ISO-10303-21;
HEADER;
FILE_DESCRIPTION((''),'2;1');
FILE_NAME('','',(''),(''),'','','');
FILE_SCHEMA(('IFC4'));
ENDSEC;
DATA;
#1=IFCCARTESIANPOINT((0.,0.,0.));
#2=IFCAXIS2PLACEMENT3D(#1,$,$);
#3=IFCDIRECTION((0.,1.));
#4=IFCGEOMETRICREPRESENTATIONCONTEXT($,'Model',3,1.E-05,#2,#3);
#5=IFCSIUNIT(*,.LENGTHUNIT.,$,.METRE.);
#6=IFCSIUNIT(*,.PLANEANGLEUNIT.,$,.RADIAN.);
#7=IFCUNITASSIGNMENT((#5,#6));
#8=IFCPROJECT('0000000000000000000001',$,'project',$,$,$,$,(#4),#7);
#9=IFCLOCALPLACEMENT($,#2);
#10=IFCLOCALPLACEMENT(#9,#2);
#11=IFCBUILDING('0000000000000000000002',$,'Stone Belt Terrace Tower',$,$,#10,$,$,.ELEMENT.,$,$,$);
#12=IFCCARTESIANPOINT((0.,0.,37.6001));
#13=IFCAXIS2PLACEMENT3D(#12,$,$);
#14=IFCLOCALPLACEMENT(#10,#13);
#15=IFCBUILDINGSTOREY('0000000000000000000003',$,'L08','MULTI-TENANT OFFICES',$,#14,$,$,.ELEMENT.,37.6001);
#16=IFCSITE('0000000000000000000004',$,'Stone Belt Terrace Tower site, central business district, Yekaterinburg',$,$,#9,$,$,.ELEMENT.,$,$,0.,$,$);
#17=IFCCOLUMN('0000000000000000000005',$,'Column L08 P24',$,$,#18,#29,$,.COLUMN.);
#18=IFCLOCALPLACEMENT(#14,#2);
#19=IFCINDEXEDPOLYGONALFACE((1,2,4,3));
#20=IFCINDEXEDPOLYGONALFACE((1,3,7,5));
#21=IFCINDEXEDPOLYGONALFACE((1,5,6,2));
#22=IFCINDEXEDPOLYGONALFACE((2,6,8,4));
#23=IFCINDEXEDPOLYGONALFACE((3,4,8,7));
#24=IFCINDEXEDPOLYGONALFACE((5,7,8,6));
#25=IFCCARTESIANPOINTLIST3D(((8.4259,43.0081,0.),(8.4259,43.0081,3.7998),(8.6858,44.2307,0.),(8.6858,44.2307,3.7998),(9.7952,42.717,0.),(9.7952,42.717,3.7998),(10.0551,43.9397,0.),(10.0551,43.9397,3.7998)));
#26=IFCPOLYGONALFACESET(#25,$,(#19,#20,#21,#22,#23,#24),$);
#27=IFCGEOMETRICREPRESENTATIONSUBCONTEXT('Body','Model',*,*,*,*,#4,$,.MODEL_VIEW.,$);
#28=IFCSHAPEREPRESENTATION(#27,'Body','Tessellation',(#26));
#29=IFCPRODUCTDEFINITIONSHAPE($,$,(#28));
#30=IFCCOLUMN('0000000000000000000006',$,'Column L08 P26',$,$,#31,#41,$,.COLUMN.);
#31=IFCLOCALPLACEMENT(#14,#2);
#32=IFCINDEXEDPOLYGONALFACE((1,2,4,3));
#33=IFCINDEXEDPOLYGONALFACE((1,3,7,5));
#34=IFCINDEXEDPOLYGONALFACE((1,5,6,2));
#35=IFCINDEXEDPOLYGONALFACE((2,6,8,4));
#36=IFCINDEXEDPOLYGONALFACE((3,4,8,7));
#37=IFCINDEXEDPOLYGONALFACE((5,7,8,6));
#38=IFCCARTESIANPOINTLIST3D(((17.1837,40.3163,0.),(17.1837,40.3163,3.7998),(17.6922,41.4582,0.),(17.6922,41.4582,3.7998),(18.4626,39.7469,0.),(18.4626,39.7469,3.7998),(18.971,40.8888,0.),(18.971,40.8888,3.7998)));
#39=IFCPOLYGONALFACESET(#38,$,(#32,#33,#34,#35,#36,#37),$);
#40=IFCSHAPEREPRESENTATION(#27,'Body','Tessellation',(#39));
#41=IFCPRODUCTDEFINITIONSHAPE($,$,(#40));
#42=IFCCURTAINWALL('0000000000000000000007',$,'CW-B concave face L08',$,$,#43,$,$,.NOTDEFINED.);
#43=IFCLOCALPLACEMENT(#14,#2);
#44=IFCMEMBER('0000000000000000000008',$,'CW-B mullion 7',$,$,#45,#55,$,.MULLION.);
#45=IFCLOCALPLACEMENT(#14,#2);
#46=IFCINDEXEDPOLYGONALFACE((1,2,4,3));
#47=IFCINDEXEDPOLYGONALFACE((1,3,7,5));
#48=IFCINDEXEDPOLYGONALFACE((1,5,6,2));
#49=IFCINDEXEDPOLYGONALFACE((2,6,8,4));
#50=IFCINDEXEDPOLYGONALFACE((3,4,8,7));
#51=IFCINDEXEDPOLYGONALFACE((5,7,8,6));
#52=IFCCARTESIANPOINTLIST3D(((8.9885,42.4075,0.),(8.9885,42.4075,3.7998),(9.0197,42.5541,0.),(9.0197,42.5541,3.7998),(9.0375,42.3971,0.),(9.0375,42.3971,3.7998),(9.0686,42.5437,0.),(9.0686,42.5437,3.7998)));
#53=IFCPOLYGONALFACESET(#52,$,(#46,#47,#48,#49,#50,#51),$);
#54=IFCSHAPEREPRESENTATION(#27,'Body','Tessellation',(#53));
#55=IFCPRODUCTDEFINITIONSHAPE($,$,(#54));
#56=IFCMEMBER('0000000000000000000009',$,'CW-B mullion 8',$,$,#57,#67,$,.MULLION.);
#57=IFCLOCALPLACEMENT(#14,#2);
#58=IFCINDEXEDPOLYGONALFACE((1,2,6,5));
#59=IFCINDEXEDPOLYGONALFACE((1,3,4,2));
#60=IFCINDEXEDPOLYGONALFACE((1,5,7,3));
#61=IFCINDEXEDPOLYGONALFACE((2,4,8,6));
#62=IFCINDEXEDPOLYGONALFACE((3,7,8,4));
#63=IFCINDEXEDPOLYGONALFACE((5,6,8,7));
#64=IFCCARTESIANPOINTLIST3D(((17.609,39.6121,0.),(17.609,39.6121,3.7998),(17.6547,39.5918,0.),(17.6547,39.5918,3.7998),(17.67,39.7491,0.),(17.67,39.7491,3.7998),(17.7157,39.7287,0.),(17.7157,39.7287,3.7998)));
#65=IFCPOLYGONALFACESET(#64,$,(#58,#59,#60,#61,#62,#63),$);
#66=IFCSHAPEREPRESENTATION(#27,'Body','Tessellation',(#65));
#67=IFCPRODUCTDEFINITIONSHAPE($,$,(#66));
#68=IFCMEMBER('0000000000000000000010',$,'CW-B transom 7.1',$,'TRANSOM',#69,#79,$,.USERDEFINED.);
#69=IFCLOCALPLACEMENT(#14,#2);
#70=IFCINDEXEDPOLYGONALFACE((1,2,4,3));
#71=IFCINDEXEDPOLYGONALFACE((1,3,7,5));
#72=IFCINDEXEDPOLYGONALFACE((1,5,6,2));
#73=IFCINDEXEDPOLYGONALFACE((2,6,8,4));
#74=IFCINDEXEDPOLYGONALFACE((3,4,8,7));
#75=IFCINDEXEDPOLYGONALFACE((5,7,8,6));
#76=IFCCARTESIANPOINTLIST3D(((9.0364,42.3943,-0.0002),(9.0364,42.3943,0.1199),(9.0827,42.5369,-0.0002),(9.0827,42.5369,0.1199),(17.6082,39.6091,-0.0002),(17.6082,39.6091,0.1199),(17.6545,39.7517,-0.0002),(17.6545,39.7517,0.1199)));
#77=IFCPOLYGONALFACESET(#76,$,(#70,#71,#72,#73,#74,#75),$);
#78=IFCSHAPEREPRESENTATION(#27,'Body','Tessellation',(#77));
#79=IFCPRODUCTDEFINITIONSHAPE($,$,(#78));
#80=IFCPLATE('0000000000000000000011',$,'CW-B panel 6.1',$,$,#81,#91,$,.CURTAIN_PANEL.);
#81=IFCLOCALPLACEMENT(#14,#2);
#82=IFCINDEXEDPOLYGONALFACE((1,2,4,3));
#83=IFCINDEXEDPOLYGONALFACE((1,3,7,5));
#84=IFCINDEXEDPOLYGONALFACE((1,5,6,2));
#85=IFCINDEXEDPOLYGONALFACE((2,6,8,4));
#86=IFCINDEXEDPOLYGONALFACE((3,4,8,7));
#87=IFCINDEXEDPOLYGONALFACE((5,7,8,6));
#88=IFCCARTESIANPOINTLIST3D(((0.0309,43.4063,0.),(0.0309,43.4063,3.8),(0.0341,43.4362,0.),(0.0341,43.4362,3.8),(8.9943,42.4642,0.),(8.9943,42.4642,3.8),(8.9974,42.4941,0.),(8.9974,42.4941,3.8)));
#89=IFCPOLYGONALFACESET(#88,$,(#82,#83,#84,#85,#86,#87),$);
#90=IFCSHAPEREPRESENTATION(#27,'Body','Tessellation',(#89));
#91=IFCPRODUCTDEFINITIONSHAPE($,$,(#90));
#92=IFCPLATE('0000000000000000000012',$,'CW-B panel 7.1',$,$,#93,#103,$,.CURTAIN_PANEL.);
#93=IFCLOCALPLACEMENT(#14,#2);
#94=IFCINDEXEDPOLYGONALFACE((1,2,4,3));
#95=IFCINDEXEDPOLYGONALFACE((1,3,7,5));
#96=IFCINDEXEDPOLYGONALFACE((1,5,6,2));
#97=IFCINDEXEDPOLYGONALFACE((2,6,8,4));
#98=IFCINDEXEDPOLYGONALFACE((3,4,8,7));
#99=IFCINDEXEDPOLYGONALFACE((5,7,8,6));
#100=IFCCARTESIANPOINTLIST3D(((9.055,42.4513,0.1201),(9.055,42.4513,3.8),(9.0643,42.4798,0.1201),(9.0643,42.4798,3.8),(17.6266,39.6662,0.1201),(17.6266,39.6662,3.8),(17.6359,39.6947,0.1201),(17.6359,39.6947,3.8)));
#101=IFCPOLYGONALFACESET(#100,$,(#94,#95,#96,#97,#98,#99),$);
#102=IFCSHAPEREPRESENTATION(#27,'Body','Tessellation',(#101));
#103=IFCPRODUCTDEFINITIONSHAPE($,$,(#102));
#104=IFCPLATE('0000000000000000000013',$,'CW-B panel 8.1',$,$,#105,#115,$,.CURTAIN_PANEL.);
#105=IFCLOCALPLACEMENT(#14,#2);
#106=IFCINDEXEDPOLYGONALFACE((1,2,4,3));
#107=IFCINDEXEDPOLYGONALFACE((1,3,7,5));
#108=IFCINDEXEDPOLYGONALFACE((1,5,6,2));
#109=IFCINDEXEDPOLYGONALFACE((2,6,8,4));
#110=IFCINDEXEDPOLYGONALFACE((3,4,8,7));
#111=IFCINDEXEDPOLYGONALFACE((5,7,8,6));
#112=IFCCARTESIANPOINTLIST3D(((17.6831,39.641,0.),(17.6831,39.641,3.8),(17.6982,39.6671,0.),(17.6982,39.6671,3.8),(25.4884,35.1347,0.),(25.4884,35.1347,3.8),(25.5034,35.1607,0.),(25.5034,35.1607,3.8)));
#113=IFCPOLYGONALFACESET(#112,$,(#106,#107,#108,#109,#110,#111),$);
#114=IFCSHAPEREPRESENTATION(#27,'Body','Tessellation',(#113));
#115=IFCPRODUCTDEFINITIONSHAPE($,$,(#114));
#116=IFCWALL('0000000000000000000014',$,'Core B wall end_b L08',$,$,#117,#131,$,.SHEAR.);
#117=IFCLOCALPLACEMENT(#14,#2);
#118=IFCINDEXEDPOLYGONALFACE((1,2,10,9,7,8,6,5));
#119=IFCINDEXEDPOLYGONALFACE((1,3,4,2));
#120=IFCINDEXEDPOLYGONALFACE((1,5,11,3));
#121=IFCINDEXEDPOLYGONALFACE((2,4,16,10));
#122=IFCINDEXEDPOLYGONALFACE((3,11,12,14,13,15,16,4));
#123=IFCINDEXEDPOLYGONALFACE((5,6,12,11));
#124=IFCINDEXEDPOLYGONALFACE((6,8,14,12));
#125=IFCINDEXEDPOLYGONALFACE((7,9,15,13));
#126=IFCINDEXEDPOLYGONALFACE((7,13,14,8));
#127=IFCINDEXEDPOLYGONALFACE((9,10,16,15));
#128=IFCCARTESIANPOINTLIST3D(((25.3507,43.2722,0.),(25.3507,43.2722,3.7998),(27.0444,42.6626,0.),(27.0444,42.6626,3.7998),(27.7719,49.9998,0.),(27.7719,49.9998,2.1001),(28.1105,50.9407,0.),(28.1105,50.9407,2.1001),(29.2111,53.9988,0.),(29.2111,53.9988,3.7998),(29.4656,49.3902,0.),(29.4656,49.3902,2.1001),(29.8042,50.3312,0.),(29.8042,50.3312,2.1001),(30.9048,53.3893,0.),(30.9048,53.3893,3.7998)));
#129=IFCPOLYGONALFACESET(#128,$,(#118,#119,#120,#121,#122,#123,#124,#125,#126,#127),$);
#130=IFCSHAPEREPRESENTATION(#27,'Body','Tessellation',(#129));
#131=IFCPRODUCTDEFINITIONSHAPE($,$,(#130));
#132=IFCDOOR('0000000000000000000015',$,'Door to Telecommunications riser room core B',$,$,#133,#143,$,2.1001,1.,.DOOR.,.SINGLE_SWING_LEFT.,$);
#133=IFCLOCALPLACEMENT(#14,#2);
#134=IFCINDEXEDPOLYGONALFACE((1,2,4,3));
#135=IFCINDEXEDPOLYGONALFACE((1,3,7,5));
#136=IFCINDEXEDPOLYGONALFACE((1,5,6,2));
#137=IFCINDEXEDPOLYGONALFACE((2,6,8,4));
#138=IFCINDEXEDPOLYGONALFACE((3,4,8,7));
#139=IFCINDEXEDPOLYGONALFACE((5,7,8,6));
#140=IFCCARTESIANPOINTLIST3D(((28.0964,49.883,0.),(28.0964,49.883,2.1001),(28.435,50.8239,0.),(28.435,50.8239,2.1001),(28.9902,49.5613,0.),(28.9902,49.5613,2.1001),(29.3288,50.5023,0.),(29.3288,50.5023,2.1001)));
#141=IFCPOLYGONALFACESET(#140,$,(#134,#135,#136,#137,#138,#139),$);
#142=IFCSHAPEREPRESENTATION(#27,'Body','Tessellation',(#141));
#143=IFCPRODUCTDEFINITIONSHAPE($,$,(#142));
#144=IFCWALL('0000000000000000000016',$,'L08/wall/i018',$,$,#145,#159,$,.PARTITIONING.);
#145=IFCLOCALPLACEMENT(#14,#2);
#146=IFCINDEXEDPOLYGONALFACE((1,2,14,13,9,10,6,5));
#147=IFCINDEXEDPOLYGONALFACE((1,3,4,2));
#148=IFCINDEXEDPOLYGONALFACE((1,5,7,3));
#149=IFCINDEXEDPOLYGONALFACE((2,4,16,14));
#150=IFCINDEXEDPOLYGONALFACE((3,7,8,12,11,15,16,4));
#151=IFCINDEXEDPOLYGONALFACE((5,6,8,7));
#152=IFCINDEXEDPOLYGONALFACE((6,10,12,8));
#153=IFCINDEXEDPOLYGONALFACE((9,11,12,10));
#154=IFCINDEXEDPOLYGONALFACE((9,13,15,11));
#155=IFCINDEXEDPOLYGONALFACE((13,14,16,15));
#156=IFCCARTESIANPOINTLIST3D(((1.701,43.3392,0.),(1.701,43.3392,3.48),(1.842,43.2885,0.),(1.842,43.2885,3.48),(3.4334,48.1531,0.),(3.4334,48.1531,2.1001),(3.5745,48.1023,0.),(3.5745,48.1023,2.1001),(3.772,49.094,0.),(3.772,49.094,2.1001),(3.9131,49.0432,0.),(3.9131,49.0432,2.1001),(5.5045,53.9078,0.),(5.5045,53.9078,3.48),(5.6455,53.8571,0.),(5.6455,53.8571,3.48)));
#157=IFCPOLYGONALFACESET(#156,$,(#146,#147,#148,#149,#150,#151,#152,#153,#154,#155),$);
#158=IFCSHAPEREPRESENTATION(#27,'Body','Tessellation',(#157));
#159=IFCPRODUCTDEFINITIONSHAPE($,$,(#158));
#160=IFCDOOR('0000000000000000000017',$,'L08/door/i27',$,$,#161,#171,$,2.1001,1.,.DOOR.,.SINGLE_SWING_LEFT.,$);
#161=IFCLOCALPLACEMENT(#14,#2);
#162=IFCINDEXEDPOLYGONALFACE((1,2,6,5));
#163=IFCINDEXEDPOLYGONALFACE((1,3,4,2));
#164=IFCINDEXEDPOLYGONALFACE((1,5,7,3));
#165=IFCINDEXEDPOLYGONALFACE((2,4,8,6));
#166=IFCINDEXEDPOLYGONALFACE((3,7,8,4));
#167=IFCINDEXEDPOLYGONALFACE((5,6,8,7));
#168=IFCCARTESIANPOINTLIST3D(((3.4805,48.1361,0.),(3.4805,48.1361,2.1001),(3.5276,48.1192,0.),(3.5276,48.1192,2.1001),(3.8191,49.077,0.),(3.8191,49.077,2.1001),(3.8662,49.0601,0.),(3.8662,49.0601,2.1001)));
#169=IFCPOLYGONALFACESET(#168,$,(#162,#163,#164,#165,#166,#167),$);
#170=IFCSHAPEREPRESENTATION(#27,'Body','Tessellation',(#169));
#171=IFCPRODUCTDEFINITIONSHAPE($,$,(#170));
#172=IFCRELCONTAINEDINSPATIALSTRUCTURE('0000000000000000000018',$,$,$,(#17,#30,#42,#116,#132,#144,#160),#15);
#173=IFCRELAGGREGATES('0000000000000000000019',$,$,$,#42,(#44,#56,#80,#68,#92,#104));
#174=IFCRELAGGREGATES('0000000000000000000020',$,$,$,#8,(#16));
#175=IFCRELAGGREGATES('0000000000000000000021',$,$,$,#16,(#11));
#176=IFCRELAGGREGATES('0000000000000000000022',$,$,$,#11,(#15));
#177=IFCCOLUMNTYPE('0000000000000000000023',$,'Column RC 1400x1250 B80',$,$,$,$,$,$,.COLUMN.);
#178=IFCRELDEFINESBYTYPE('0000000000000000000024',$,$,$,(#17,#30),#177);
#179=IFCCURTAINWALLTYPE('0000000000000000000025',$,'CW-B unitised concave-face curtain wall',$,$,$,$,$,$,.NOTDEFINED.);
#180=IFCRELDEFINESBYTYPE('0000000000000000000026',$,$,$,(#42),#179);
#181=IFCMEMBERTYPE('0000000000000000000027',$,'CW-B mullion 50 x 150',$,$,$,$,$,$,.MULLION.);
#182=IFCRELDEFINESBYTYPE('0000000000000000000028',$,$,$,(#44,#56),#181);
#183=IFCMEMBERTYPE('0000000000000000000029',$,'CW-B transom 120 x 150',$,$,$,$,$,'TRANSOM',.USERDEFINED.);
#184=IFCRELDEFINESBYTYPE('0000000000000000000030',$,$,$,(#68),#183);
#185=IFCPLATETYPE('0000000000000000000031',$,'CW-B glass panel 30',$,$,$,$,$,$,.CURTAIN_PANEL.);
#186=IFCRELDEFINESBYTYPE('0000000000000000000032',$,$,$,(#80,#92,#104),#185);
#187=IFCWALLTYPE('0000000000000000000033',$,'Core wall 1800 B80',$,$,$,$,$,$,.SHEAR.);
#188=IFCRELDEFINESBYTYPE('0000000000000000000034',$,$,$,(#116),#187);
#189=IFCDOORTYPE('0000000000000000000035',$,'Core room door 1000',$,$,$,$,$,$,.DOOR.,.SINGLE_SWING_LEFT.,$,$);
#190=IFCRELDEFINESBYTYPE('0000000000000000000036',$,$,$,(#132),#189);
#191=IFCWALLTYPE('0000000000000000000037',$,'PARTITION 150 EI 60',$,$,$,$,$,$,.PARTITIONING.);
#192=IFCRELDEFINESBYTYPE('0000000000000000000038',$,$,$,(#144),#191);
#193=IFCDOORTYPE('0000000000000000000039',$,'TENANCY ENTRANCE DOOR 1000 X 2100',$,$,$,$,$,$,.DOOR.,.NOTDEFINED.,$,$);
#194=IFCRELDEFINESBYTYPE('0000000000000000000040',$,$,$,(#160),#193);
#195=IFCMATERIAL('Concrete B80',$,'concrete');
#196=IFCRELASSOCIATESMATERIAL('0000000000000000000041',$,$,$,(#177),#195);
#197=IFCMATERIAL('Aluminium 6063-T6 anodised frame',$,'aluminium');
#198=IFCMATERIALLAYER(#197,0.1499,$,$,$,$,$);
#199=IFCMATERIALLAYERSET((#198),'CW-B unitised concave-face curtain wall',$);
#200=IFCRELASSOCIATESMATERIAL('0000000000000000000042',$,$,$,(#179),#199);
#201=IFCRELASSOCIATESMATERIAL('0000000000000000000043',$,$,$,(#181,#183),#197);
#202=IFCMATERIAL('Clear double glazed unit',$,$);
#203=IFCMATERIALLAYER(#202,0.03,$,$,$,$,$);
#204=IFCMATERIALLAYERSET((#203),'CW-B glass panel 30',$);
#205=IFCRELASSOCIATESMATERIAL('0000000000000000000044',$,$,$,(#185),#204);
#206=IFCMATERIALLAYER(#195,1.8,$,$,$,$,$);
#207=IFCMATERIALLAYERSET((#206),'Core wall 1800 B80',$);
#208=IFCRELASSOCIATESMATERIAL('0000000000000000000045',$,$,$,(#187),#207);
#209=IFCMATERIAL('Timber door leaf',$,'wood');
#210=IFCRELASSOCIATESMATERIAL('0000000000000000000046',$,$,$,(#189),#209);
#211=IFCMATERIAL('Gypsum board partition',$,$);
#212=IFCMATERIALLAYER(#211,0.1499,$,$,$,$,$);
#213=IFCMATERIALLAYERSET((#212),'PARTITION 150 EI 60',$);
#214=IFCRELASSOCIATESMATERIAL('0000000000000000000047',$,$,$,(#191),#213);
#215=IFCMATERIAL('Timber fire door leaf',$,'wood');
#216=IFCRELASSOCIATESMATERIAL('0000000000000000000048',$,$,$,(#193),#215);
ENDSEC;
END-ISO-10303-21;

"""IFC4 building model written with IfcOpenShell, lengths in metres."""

from ifc_helpers import new_model, si_unit, direction, frame, frame_2d, origin, origin_2d, place, context, subcontext, project, spatial, rectangle, extrude, material, layer, layer_set, material_profile, profile_set, type_object, element, fill, aggregate, save


model = new_model("IFC4")

# Units and contexts
model_context = context("Model", 3, precision=1e-05, world=origin(), true_north=direction((0.0, 1.0)))
body_context = subcontext(model_context, "Body", "Model", "MODEL_VIEW")
ifc_project = project(units=[si_unit("LENGTHUNIT", "METRE"), si_unit("PLANEANGLEUNIT", "RADIAN")], contexts=[model_context])

# Site, building, storey
site_placement = place(None, origin())
site = spatial("IfcSite", under=ifc_project, at=site_placement, Name="Stone Belt Terrace Tower site, central business district, Yekaterinburg", CompositionType="ELEMENT", RefElevation=0.0)
building_placement = place(site_placement, origin())
building = spatial("IfcBuilding", under=site, at=building_placement, Name="Stone Belt Terrace Tower", CompositionType="ELEMENT")
storey_placement = place(building_placement, frame((0.0, 0.0, 37.6001)))
storey = spatial("IfcBuildingStorey", under=building, at=storey_placement, Name="L08", Description="MULTI-TENANT OFFICES", CompositionType="ELEMENT", Elevation=37.6001)

# Columns
ifc_material_1 = material(Name="Concrete B80", Category="concrete")
ifc_material_profile_1 = material_profile(ifc_material_1, rectangle(XDim=1.3999, YDim=1.25, at=origin_2d()), Name="RC 1400x1250")
ifc_profile_set_1 = profile_set([ifc_material_profile_1], Name="Concrete B80")
column_type = type_object("IfcColumnType", Name="Column RC 1400x1250 B80", PredefinedType="COLUMN", material=ifc_profile_set_1)
for number, where, z_axis, x_axis, name in (
    (1, (9.2405, 43.4739, 0.0), (0.0, 0.0, 1.0), (0.978148, -0.207912, 0.0), "Column L08 P24"),
    (2, (18.0774, 40.6025, 0.0), (0.0, 0.0, 1.0), (0.913545, -0.406737, 0.0), "Column L08 P26"),
):
    element("IfcColumn", number, at=place(storey_placement, frame(where, z_axis=z_axis, x_axis=x_axis)), inside=storey, type_object=column_type, Name=name, PredefinedType="COLUMN", context=body_context, shape_type="SweptSolid", body=[
        extrude(rectangle(XDim=1.3999, YDim=1.25, at=origin_2d()), origin(), (0.0, 0.0, 1.0), 3.7998),
    ])

# Curtain wall, members, plates
ifc_material_2 = material(Name="Aluminium 6063-T6 anodised frame", Category="aluminium")
ifc_layer_1 = layer(ifc_material_2, 0.1499)
ifc_layer_set_1 = layer_set([ifc_layer_1], Name="CW-B unitised concave-face curtain wall")
curtain_wall_type = type_object("IfcCurtainWallType", Name="CW-B unitised concave-face curtain wall", PredefinedType="NOTDEFINED", material=ifc_layer_set_1)
curtain_wall_placement = place(storey_placement, origin())
curtain_wall = element("IfcCurtainWall", 3, at=curtain_wall_placement, inside=storey, type_object=curtain_wall_type, Name="CW-B concave face L08", PredefinedType="NOTDEFINED")
ifc_material_profile_2 = material_profile(ifc_material_2, rectangle(XDim=0.1499, YDim=0.05, at=origin_2d()), Name="Aluminium 6063-T6 50x150")
ifc_profile_set_2 = profile_set([ifc_material_profile_2], Name="Aluminium 6063-T6 anodised frame")
member_type_1 = type_object("IfcMemberType", Name="CW-B mullion 50 x 150", PredefinedType="MULLION", material=ifc_profile_set_2)
member_1_placement = place(storey_placement, frame((9.0286, 42.4756, 0.0), z_axis=(0.0, 0.0, 1.0), x_axis=(0.207912, 0.978148, 0.0)))
member_1 = element("IfcMember", 4, at=member_1_placement, type_object=member_type_1, Name="CW-B mullion 7", PredefinedType="MULLION", context=body_context, shape_type="SweptSolid", body=[
    extrude(rectangle(XDim=0.1499, YDim=0.05, at=origin_2d()), origin(), (0.0, 0.0, 1.0), 3.7998),
])
member_2_placement = place(storey_placement, frame((17.6624, 39.6704, 0.0), z_axis=(0.0, 0.0, 1.0), x_axis=(0.406737, 0.913545, 0.0)))
member_2 = element("IfcMember", 5, at=member_2_placement, type_object=member_type_1, Name="CW-B mullion 8", PredefinedType="MULLION", context=body_context, shape_type="SweptSolid", body=[
    extrude(rectangle(XDim=0.1499, YDim=0.05, at=origin_2d()), origin(), (0.0, 0.0, 1.0), 3.7998),
])
ifc_material_profile_3 = material_profile(ifc_material_2, rectangle(XDim=0.1499, YDim=0.1201, at=origin_2d()), Name="Aluminium 6063-T6 150x120")
ifc_profile_set_3 = profile_set([ifc_material_profile_3], Name="Aluminium 6063-T6 anodised frame")
member_type_2 = type_object("IfcMemberType", Name="CW-B transom 120 x 150", ElementType="TRANSOM", PredefinedType="USERDEFINED", material=ifc_profile_set_3)
member_3_placement = place(storey_placement, frame((9.0596, 42.4656, 0.0598), z_axis=(0.951056, -0.309019, 0.0), x_axis=(0.309019, 0.951056, 0.0)))
member_3 = element("IfcMember", 6, at=member_3_placement, type_object=member_type_2, Name="CW-B transom 7.1", ObjectType="TRANSOM", PredefinedType="USERDEFINED", context=body_context, shape_type="SweptSolid", body=[
    extrude(rectangle(XDim=0.1499, YDim=0.1201, at=origin_2d()), origin(), (0.0, 0.0, 1.0), 9.0129),
])
ifc_material_3 = material(Name="Clear double glazed unit")
ifc_layer_2 = layer(ifc_material_3, 0.03)
ifc_layer_set_2 = layer_set([ifc_layer_2], Name="CW-B glass panel 30")
plate_type = type_object("IfcPlateType", Name="CW-B glass panel 30", PredefinedType="CURTAIN_PANEL", material=ifc_layer_set_2)
plate_1_placement = place(storey_placement, frame((4.5142, 42.9502, 0.0), z_axis=(0.0, 0.0, 1.0), x_axis=(0.994522, -0.104528, 0.0)))
plate_1 = element("IfcPlate", 7, at=plate_1_placement, type_object=plate_type, Name="CW-B panel 6.1", PredefinedType="CURTAIN_PANEL", context=body_context, shape_type="SweptSolid", body=[
    extrude(rectangle(XDim=9.0127, YDim=0.03, at=origin_2d()), origin(), (0.0, 0.0, 1.0), 3.8),
])
plate_2_placement = place(storey_placement, frame((13.3455, 41.073, 0.1201), z_axis=(0.0, 0.0, 1.0), x_axis=(0.951057, -0.309017, 0.0)))
plate_2 = element("IfcPlate", 8, at=plate_2_placement, type_object=plate_type, Name="CW-B panel 7.1", PredefinedType="CURTAIN_PANEL", context=body_context, shape_type="SweptSolid", body=[
    extrude(rectangle(XDim=9.0127, YDim=0.03, at=origin_2d()), origin(), (0.0, 0.0, 1.0), 3.6799),
])
plate_3_placement = place(storey_placement, frame((21.5933, 37.4009, 0.0), z_axis=(0.0, 0.0, 1.0), x_axis=(0.866025, -0.5, 0.0)))
plate_3 = element("IfcPlate", 9, at=plate_3_placement, type_object=plate_type, Name="CW-B panel 8.1", PredefinedType="CURTAIN_PANEL", context=body_context, shape_type="SweptSolid", body=[
    extrude(rectangle(XDim=9.0127, YDim=0.03, at=origin_2d()), origin(), (0.0, 0.0, 1.0), 3.8),
])
aggregate(curtain_wall, [member_1, member_2, plate_1, member_3, plate_2, plate_3])

# Walls, openings, doors
ifc_layer_3 = layer(ifc_material_1, 1.8)
ifc_layer_set_3 = layer_set([ifc_layer_3], Name="Core wall 1800 B80")
wall_type_1 = type_object("IfcWallType", Name="Core wall 1800 B80", PredefinedType="SHEAR", material=ifc_layer_set_3)
wall_1_placement = place(storey_placement, frame((26.1975, 42.9673, 0.0), z_axis=(0.0, 0.0, 1.0), x_axis=(0.338625, 0.940921, 0.0)))
wall_1 = element("IfcWall", 10, at=wall_1_placement, inside=storey, type_object=wall_type_1, Name="Core B wall end_b L08", PredefinedType="SHEAR", context=body_context, shape_type="SweptSolid", body=[
    extrude(rectangle(XDim=11.4001, YDim=1.8, at=frame_2d((5.7002, 0.0))), origin(), (0.0, 0.0, 1.0), 3.7998),
])
opening_1_placement = place(wall_1_placement, frame((7.1501, 0.0, 0.0)))
opening_1 = element("IfcOpeningElement", 11, at=opening_1_placement, cuts=wall_1, PredefinedType="OPENING", context=body_context, shape_type="SweptSolid", body=[
    extrude(rectangle(XDim=1.0, YDim=2.1001, at=frame_2d((0.5, 1.05))), frame((0.0, 0.9099, 0.0), z_axis=(0.0, -1.0, 0.0), x_axis=(1.0, 0.0, 0.0)), (0.0, 0.0, 1.0), 1.8201),
])
ifc_material_4 = material(Name="Timber door leaf", Category="wood")
door_type_1 = type_object("IfcDoorType", Name="Core room door 1000", OperationType="SINGLE_SWING_LEFT", PredefinedType="DOOR", material=ifc_material_4)
door_1_placement = place(opening_1_placement, origin())
door_1 = element("IfcDoor", 12, at=door_1_placement, inside=storey, type_object=door_type_1, Name="Door to Telecommunications riser room core B", OperationType="SINGLE_SWING_LEFT", OverallHeight=2.1001, OverallWidth=1.0, PredefinedType="DOOR", context=body_context, shape_type="SweptSolid", body=[
    extrude(rectangle(XDim=1.0, YDim=2.1001, at=frame_2d((0.5, 1.05))), frame((0.0, 0.5552, 0.0), z_axis=(0.0, -1.0, 0.0), x_axis=(1.0, 0.0, 0.0)), (0.0, 0.0, 1.0), 0.95),
])
fill(opening_1, door_1)
ifc_material_5 = material(Name="Gypsum board partition")
ifc_layer_4 = layer(ifc_material_5, 0.1499)
ifc_layer_set_4 = layer_set([ifc_layer_4], Name="PARTITION 150 EI 60")
wall_type_2 = type_object("IfcWallType", Name="PARTITION 150 EI 60", PredefinedType="PARTITIONING", material=ifc_layer_set_4)
wall_2_placement = place(storey_placement, frame((1.7715, 43.3137, 0.0), z_axis=(0.0, 0.0, 1.0), x_axis=(0.338622, 0.940922, 0.0)))
wall_2 = element("IfcWall", 13, at=wall_2_placement, inside=storey, type_object=wall_type_2, Name="L08/wall/i018", PredefinedType="PARTITIONING", context=body_context, shape_type="SweptSolid", body=[
    extrude(rectangle(XDim=11.2322, YDim=0.1499, at=frame_2d((5.6162, 0.0))), origin(), (0.0, 0.0, 1.0), 3.48),
])
opening_2_placement = place(wall_2_placement, frame((5.1162, 0.0, 0.0)))
opening_2 = element("IfcOpeningElement", 14, at=opening_2_placement, cuts=wall_2, PredefinedType="OPENING", context=body_context, shape_type="SweptSolid", body=[
    extrude(rectangle(XDim=1.0, YDim=2.1001, at=frame_2d((0.5, 1.05))), frame((0.0, 0.085, 0.0), z_axis=(0.0, -1.0, 0.0), x_axis=(1.0, 0.0, 0.0)), (0.0, 0.0, 1.0), 0.1699),
])
ifc_material_6 = material(Name="Timber fire door leaf", Category="wood")
door_type_2 = type_object("IfcDoorType", Name="TENANCY ENTRANCE DOOR 1000 X 2100", OperationType="NOTDEFINED", PredefinedType="DOOR", material=ifc_material_6)
door_2_placement = place(opening_2_placement, origin())
door_2 = element("IfcDoor", 15, at=door_2_placement, inside=storey, type_object=door_type_2, Name="L08/door/i27", OperationType="SINGLE_SWING_LEFT", OverallHeight=2.1001, OverallWidth=1.0, PredefinedType="DOOR", context=body_context, shape_type="SweptSolid", body=[
    extrude(rectangle(XDim=1.0, YDim=2.1001, at=frame_2d((0.5, 1.05))), frame((0.0, 0.0249, 0.0), z_axis=(0.0, -1.0, 0.0), x_axis=(1.0, 0.0, 0.0)), (0.0, 0.0, 1.0), 0.05),
])
fill(opening_2, door_2)

save(model, "model.ifc")
